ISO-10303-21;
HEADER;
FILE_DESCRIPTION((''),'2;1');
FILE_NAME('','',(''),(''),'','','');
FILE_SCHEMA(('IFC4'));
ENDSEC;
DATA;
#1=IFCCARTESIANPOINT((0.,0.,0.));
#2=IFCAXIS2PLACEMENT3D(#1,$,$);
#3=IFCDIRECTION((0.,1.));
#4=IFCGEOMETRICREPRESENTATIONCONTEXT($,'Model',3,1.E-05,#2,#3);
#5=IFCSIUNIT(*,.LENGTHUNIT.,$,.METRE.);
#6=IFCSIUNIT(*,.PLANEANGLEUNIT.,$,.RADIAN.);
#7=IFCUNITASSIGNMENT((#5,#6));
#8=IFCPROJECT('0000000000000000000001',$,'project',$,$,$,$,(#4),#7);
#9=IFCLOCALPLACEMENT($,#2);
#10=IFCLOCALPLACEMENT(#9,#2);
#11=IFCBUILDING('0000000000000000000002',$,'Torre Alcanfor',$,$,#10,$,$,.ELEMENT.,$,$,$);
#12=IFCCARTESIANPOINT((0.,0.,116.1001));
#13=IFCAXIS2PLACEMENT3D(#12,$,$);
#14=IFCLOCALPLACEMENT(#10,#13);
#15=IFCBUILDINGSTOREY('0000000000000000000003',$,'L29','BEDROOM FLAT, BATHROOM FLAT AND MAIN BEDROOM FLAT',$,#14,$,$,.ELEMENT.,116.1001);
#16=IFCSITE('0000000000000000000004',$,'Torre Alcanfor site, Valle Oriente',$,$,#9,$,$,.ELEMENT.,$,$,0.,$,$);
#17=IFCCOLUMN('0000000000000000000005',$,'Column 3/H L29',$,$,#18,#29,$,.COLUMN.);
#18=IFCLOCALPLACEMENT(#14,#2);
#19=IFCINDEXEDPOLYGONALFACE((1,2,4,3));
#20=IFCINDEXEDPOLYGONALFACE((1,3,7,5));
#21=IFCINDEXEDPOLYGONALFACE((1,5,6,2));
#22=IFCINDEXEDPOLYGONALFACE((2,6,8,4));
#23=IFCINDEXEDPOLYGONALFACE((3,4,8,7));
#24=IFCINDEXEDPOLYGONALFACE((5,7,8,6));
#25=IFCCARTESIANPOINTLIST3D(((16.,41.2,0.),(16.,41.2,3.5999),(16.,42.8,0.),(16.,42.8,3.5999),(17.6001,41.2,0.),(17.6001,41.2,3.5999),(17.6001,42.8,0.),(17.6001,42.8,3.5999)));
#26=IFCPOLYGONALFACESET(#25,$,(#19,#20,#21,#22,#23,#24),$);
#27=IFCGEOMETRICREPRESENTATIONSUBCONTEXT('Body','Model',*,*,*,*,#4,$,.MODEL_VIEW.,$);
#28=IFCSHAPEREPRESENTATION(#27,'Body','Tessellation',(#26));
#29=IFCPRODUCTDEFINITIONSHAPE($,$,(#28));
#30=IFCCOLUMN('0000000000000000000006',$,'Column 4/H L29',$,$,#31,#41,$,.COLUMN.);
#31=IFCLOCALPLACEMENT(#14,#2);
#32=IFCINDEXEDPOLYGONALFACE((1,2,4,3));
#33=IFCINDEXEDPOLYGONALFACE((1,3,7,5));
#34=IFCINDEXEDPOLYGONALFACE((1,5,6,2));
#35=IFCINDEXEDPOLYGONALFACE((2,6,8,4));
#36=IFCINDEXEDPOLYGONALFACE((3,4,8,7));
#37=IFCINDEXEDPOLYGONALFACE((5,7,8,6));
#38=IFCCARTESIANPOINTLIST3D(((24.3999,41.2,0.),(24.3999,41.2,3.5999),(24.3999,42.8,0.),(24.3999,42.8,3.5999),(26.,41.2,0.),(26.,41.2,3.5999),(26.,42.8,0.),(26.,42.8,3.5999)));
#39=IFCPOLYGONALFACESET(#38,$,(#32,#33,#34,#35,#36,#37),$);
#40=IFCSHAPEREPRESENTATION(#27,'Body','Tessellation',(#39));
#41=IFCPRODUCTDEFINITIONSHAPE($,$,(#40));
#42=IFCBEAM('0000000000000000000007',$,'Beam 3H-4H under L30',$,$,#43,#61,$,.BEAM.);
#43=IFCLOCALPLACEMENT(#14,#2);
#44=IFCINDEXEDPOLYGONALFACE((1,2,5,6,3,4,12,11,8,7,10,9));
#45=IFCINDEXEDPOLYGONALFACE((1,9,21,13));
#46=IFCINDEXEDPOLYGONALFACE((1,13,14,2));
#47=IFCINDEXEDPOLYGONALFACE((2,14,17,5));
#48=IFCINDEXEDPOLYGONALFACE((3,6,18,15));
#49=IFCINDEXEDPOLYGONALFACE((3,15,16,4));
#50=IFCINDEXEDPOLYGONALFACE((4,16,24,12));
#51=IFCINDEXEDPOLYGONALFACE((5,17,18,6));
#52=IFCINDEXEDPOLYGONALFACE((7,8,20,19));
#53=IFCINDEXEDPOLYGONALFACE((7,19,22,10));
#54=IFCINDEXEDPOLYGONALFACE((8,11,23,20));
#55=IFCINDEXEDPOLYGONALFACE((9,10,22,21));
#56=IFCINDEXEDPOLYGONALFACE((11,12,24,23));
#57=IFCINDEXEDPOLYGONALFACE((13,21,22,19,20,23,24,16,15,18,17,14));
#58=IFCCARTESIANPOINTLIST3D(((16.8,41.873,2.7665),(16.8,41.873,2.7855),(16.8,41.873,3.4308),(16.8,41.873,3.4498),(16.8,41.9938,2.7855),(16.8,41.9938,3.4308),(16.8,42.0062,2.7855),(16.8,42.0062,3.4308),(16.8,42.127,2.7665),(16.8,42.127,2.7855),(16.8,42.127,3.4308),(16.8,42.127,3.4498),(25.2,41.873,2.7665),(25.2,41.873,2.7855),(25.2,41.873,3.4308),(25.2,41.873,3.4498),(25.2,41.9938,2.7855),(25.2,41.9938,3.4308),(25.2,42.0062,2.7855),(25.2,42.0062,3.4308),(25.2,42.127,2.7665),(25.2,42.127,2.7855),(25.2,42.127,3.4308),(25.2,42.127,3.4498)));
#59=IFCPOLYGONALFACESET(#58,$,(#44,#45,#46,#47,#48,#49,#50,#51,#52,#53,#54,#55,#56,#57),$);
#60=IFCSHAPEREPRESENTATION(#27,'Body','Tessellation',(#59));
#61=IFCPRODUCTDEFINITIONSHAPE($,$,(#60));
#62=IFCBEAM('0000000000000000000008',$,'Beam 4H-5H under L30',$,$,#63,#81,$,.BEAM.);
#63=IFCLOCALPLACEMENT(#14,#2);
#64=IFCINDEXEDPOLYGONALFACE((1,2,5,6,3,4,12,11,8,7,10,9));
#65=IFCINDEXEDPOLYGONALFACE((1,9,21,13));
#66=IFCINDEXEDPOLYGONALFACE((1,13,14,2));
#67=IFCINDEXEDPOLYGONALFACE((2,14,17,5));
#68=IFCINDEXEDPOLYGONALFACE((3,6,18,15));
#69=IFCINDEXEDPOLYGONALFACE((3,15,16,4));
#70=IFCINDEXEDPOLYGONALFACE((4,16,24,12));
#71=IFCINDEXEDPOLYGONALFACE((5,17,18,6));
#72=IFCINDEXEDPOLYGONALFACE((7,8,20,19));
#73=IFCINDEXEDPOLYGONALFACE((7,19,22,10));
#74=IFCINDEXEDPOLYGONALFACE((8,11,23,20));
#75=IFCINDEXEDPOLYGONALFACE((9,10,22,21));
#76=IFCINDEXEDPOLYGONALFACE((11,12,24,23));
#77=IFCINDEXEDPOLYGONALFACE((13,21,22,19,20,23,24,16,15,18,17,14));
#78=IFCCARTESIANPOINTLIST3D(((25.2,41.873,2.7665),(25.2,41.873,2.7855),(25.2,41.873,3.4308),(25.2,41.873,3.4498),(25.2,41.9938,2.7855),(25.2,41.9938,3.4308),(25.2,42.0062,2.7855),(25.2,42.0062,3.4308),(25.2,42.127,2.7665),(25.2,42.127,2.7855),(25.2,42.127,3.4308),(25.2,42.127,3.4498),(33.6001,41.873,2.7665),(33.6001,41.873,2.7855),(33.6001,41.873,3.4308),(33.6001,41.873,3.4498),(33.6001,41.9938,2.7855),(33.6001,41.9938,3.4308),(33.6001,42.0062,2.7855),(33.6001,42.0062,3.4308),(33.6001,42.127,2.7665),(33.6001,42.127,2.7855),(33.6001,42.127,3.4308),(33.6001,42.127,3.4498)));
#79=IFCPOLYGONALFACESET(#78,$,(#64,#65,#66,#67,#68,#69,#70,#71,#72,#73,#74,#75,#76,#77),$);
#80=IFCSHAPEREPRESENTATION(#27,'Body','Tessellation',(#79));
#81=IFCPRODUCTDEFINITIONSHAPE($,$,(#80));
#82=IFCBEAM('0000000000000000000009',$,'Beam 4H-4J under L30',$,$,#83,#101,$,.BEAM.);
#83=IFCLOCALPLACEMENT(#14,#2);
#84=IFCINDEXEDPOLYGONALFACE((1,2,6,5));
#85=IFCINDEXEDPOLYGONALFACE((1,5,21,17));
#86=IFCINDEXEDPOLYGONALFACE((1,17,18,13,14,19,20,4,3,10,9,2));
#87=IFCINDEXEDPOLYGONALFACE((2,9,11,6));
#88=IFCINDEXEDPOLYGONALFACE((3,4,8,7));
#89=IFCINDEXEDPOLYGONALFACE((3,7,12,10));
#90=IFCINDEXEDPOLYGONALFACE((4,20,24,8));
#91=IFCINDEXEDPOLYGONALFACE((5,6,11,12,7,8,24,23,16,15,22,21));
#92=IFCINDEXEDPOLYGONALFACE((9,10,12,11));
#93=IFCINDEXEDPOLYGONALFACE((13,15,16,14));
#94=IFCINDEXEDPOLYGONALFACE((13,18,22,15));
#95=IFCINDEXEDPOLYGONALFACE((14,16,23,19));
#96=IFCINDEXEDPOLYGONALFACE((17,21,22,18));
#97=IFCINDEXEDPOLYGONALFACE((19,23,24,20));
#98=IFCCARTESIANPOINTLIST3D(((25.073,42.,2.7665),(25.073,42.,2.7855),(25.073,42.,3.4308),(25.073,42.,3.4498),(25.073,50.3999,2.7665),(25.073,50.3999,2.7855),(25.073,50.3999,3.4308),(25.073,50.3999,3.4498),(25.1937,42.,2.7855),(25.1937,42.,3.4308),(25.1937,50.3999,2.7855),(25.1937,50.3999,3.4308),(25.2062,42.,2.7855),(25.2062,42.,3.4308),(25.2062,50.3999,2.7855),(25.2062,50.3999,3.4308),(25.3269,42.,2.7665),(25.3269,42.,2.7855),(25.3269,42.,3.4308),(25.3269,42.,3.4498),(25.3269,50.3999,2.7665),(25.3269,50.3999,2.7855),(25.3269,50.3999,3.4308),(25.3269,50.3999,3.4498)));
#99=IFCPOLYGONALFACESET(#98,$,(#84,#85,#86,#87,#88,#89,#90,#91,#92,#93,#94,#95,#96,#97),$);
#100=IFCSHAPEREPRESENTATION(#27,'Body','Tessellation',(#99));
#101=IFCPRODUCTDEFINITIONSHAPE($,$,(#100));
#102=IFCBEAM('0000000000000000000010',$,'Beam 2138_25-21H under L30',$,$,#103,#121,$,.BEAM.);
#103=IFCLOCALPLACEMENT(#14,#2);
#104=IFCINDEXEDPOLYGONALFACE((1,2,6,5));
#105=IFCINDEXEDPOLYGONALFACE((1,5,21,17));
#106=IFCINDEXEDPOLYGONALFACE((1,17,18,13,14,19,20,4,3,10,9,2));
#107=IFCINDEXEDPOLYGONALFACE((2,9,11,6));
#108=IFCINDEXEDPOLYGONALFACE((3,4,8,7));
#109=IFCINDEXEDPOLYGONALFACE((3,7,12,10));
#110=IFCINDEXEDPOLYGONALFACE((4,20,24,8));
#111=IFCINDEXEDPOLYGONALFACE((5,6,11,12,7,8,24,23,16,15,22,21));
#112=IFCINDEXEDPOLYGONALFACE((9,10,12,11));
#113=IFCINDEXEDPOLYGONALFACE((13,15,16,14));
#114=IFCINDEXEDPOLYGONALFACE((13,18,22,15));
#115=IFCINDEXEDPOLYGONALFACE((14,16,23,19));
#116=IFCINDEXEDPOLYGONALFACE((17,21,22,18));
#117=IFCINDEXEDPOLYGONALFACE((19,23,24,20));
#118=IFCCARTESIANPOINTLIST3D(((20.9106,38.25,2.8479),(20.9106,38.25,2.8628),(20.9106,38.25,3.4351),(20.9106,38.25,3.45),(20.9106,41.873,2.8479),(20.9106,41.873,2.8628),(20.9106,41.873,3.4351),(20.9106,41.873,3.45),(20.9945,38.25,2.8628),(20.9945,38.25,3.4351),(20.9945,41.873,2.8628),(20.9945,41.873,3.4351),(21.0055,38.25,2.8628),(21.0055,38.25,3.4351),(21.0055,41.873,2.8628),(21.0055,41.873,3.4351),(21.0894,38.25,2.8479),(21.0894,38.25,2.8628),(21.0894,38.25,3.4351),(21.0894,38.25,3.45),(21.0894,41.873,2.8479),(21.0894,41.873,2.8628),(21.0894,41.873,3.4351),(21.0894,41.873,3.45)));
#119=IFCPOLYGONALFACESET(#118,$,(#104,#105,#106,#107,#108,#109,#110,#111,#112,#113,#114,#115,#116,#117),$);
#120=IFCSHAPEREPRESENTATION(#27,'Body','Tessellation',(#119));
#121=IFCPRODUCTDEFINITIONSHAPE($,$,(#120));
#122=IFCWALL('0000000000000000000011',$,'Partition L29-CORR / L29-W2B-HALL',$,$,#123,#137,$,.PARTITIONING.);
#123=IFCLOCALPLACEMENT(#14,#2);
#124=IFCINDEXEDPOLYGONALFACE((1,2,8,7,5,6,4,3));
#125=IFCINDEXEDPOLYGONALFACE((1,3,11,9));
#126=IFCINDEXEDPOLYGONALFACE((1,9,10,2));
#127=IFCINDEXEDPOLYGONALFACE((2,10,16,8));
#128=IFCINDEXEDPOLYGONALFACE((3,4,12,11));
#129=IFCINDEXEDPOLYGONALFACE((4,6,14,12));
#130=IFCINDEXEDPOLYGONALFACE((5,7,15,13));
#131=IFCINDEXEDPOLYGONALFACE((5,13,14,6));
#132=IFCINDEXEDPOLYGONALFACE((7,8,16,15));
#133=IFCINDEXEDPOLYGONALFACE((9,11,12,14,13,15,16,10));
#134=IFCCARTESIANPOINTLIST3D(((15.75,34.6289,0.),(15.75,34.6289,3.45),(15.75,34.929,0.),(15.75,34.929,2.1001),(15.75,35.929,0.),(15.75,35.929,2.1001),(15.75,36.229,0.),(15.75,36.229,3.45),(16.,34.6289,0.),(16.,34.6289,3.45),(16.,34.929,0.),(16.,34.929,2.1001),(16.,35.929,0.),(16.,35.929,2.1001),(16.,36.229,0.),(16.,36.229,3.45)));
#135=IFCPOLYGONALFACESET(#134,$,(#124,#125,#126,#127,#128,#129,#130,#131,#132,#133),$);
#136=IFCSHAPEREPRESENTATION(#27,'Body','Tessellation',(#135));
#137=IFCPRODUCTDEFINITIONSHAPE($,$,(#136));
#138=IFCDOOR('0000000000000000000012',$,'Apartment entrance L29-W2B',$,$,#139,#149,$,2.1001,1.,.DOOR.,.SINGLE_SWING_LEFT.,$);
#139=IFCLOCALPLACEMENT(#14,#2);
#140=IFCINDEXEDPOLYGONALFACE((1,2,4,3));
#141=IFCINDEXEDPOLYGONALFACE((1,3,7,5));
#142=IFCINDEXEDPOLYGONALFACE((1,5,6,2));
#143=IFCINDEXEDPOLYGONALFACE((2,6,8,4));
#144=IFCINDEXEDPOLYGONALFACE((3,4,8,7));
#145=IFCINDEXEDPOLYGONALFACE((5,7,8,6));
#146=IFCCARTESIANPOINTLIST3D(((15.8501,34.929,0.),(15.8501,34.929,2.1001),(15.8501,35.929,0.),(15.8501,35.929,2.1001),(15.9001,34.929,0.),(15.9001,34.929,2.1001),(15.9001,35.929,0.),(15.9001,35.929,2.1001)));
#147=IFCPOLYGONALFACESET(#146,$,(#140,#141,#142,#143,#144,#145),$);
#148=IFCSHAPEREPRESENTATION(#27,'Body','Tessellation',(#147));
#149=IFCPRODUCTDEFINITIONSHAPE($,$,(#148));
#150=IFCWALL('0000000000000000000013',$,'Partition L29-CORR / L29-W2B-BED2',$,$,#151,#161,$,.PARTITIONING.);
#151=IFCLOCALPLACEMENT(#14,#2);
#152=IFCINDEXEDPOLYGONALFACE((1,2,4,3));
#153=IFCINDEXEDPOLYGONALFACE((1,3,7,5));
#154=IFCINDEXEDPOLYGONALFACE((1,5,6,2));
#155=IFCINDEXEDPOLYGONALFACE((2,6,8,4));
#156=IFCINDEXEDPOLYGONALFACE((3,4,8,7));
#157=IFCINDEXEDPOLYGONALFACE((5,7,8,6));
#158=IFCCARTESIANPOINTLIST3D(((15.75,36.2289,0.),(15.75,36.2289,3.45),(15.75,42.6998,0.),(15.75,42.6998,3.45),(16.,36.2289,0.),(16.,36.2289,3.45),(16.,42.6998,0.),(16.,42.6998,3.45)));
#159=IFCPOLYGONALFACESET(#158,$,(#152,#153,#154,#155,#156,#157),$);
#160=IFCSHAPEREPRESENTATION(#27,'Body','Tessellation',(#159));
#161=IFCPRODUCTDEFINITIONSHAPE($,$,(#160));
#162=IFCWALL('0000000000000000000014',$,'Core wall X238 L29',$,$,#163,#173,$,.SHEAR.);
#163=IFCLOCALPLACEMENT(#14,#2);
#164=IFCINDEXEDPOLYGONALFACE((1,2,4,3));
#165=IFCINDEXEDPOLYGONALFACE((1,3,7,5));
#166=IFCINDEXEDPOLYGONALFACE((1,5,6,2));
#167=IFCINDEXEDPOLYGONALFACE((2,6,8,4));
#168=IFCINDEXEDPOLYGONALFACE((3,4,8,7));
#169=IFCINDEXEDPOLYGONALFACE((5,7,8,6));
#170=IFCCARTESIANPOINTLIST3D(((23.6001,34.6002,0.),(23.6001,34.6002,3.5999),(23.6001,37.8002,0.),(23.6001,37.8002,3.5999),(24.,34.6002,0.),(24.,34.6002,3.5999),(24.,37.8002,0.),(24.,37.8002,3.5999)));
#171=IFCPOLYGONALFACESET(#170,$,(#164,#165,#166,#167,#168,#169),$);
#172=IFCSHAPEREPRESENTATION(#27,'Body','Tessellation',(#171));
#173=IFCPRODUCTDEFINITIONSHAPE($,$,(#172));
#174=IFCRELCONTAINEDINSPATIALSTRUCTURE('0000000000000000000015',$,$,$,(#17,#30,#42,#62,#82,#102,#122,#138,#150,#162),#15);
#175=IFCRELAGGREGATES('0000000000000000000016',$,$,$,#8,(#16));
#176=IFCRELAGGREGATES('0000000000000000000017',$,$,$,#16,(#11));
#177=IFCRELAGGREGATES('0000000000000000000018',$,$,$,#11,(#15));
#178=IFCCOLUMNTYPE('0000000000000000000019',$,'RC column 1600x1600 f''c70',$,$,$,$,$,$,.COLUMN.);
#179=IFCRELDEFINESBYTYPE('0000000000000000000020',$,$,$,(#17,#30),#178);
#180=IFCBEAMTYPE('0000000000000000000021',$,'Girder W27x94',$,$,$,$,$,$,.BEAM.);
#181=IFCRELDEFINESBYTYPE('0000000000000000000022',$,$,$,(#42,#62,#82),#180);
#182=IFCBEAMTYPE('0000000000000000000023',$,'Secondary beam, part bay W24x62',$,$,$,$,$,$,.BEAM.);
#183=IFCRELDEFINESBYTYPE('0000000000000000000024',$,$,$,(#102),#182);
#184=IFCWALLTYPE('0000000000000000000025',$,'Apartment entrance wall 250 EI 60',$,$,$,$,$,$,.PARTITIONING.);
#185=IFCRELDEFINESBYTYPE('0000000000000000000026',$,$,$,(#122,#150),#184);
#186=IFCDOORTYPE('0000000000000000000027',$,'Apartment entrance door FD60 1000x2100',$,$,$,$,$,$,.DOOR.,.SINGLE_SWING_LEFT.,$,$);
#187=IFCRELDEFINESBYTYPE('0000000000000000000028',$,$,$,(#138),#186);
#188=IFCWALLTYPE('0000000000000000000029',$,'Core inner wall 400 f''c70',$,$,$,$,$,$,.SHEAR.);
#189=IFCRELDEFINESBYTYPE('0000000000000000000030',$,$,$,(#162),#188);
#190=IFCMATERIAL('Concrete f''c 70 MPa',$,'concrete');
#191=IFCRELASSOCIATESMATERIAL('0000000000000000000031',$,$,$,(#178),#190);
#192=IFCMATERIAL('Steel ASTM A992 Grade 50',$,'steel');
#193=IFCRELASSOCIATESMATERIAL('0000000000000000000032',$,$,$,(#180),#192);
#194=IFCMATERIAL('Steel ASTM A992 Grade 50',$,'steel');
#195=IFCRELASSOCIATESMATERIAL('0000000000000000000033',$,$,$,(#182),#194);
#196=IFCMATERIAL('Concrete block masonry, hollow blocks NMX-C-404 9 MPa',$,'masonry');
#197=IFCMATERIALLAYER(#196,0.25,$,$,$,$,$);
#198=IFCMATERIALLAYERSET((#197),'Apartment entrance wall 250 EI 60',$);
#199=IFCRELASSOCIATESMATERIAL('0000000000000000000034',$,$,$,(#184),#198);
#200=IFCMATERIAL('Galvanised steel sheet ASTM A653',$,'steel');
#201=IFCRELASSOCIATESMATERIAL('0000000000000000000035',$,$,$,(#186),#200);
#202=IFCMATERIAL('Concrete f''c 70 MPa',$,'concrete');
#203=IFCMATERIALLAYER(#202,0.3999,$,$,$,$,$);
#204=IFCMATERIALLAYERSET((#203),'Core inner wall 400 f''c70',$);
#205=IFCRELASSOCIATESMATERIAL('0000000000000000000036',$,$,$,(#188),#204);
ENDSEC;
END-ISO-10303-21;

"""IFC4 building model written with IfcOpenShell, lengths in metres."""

from ifc_helpers import new_model, si_unit, direction, frame, frame_2d, origin, origin_2d, place, context, subcontext, project, spatial, rectangle, i_section, extrude, material, layer, layer_set, material_profile, profile_set, type_object, element, fill, save


model = new_model("IFC4")

# Units and contexts
model_context = context("Model", 3, precision=1e-05, world=origin(), true_north=direction((0.0, 1.0)))
body_context = subcontext(model_context, "Body", "Model", "MODEL_VIEW")
ifc_project = project(units=[si_unit("LENGTHUNIT", "METRE"), si_unit("PLANEANGLEUNIT", "RADIAN")], contexts=[model_context])

# Site, building, storey
site_placement = place(None, origin())
site = spatial("IfcSite", under=ifc_project, at=site_placement, Name="Torre Alcanfor site, Valle Oriente", CompositionType="ELEMENT", RefElevation=0.0)
building_placement = place(site_placement, origin())
building = spatial("IfcBuilding", under=site, at=building_placement, Name="Torre Alcanfor", CompositionType="ELEMENT")
storey_placement = place(building_placement, frame((0.0, 0.0, 116.1001)))
storey = spatial("IfcBuildingStorey", under=building, at=storey_placement, Name="L29", Description="BEDROOM FLAT, BATHROOM FLAT AND MAIN BEDROOM FLAT", CompositionType="ELEMENT", Elevation=116.1001)

# Columns
ifc_material_1 = material(Name="Concrete f'c 70 MPa", Category="concrete")
ifc_material_profile_1 = material_profile(ifc_material_1, rectangle(XDim=1.6001, YDim=1.6001, at=origin_2d()), Name="1600x1600")
ifc_profile_set_1 = profile_set([ifc_material_profile_1], Name="Concrete f'c 70 MPa")
column_type = type_object("IfcColumnType", Name="RC column 1600x1600 f'c70", PredefinedType="COLUMN", material=ifc_profile_set_1)
for number, where, z_axis, x_axis, name in (
    (1, (16.8, 42.0, 0.0), (0.0, 0.0, 1.0), (1.0, 0.0, 0.0), "Column 3/H L29"),
    (2, (25.2, 42.0, 0.0), (0.0, 0.0, 1.0), (1.0, 0.0, 0.0), "Column 4/H L29"),
):
    element("IfcColumn", number, at=place(storey_placement, frame(where, z_axis=z_axis, x_axis=x_axis)), inside=storey, type_object=column_type, Name=name, PredefinedType="COLUMN", context=body_context, shape_type="SweptSolid", body=[
        extrude(rectangle(XDim=1.6001, YDim=1.6001, at=origin_2d()), origin(), (0.0, 0.0, 1.0), 3.5999),
    ])

# Beams
ifc_material_2 = material(Name="Steel ASTM A992 Grade 50", Category="steel")
ifc_material_profile_2 = material_profile(ifc_material_2, i_section(OverallWidth=0.2539, OverallDepth=0.6833, WebThickness=0.0125, FlangeThickness=0.019, at=origin_2d()), Name="W27x94")
ifc_profile_set_2 = profile_set([ifc_material_profile_2], Name="Steel ASTM A992 Grade 50")
beam_type_1 = type_object("IfcBeamType", Name="Girder W27x94", PredefinedType="BEAM", material=ifc_profile_set_2)
beam_1_placement = place(storey_placement, frame((16.8, 42.0, 3.1082), z_axis=(1.0, 0.0, 0.0), x_axis=(0.0, 1.0, 0.0)))
element("IfcBeam", 3, at=beam_1_placement, inside=storey, type_object=beam_type_1, Name="Beam 3H-4H under L30", PredefinedType="BEAM", context=body_context, shape_type="SweptSolid", body=[
    extrude(i_section(OverallWidth=0.2539, OverallDepth=0.6833, WebThickness=0.0125, FlangeThickness=0.019, at=origin_2d()), origin(), (0.0, 0.0, 1.0), 8.3999),
])
beam_2_placement = place(storey_placement, frame((25.2, 42.0, 3.1082), z_axis=(1.0, 0.0, 0.0), x_axis=(0.0, 1.0, 0.0)))
element("IfcBeam", 4, at=beam_2_placement, inside=storey, type_object=beam_type_1, Name="Beam 4H-5H under L30", PredefinedType="BEAM", context=body_context, shape_type="SweptSolid", body=[
    extrude(i_section(OverallWidth=0.2539, OverallDepth=0.6833, WebThickness=0.0125, FlangeThickness=0.019, at=origin_2d()), origin(), (0.0, 0.0, 1.0), 8.4001),
])
beam_3_placement = place(storey_placement, frame((25.2, 42.0, 3.1082), z_axis=(0.0, 1.0, 0.0), x_axis=(-1.0, 0.0, 0.0)))
element("IfcBeam", 5, at=beam_3_placement, inside=storey, type_object=beam_type_1, Name="Beam 4H-4J under L30", PredefinedType="BEAM", context=body_context, shape_type="SweptSolid", body=[
    extrude(i_section(OverallWidth=0.2539, OverallDepth=0.6833, WebThickness=0.0125, FlangeThickness=0.019, at=origin_2d()), origin(), (0.0, 0.0, 1.0), 8.3999),
])
ifc_material_3 = material(Name="Steel ASTM A992 Grade 50", Category="steel")
ifc_material_profile_3 = material_profile(ifc_material_3, i_section(OverallWidth=0.1787, OverallDepth=0.6021, WebThickness=0.011, FlangeThickness=0.0149, at=origin_2d()), Name="W24x62")
ifc_profile_set_3 = profile_set([ifc_material_profile_3], Name="Steel ASTM A992 Grade 50")
beam_type_2 = type_object("IfcBeamType", Name="Secondary beam, part bay W24x62", PredefinedType="BEAM", material=ifc_profile_set_3)
beam_4_placement = place(storey_placement, frame((21.0, 38.25, 3.1489), z_axis=(0.0, 1.0, 0.0), x_axis=(-1.0, 0.0, 0.0)))
element("IfcBeam", 6, at=beam_4_placement, inside=storey, type_object=beam_type_2, Name="Beam 2138_25-21H under L30", PredefinedType="BEAM", context=body_context, shape_type="SweptSolid", body=[
    extrude(i_section(OverallWidth=0.1787, OverallDepth=0.6021, WebThickness=0.011, FlangeThickness=0.0149, at=origin_2d()), origin(), (0.0, 0.0, 1.0), 3.623),
])

# Wall, opening, door
ifc_material_4 = material(Name="Concrete block masonry, hollow blocks NMX-C-404 9 MPa", Category="masonry")
ifc_layer_1 = layer(ifc_material_4, 0.25)
ifc_layer_set_1 = layer_set([ifc_layer_1], Name="Apartment entrance wall 250 EI 60")
wall_type_1 = type_object("IfcWallType", Name="Apartment entrance wall 250 EI 60", PredefinedType="PARTITIONING", material=ifc_layer_set_1)
wall_1_placement = place(storey_placement, frame((15.875, 34.6289, 0.0), z_axis=(0.0, 0.0, 1.0), x_axis=(0.0, 1.0, 0.0)))
wall_1 = element("IfcWall", 7, at=wall_1_placement, inside=storey, type_object=wall_type_1, Name="Partition L29-CORR / L29-W2B-HALL", PredefinedType="PARTITIONING", context=body_context, shape_type="SweptSolid", body=[
    extrude(rectangle(XDim=1.6001, YDim=0.25, at=frame_2d((0.8, 0.0))), origin(), (0.0, 0.0, 1.0), 3.45),
])
opening_1_placement = place(wall_1_placement, frame((0.3, 0.0, 0.0)))
opening_1 = element("IfcOpeningElement", 8, at=opening_1_placement, cuts=wall_1, PredefinedType="OPENING", context=body_context, shape_type="SweptSolid", body=[
    extrude(rectangle(XDim=1.0, YDim=2.1001, at=frame_2d((0.5, 1.05))), frame((0.0, 0.135, 0.0), z_axis=(0.0, -1.0, 0.0), x_axis=(1.0, 0.0, 0.0)), (0.0, 0.0, 1.0), 0.27),
])
ifc_material_5 = material(Name="Galvanised steel sheet ASTM A653", Category="steel")
door_type_1 = type_object("IfcDoorType", Name="Apartment entrance door FD60 1000x2100", OperationType="SINGLE_SWING_LEFT", PredefinedType="DOOR", material=ifc_material_5)
door_1_placement = place(opening_1_placement, origin())
door_1 = element("IfcDoor", 9, at=door_1_placement, inside=storey, type_object=door_type_1, Name="Apartment entrance L29-W2B", OperationType="SINGLE_SWING_LEFT", OverallHeight=2.1001, OverallWidth=1.0, PredefinedType="DOOR", context=body_context, shape_type="SweptSolid", body=[
    extrude(rectangle(XDim=1.0, YDim=2.1001, at=frame_2d((0.5, 1.05))), frame((0.0, 0.0249, 0.0), z_axis=(0.0, -1.0, 0.0), x_axis=(1.0, 0.0, 0.0)), (0.0, 0.0, 1.0), 0.05),
])
fill(opening_1, door_1)

# Walls
wall_2_placement = place(storey_placement, frame((15.875, 36.229, 0.0), z_axis=(0.0, 0.0, 1.0), x_axis=(0.0, 1.0, 0.0)))
element("IfcWall", 10, at=wall_2_placement, inside=storey, type_object=wall_type_1, Name="Partition L29-CORR / L29-W2B-BED2", PredefinedType="PARTITIONING", context=body_context, shape_type="SweptSolid", body=[
    extrude(rectangle(XDim=6.4709, YDim=0.25, at=frame_2d((3.2354, 0.0))), origin(), (0.0, 0.0, 1.0), 3.45),
])
ifc_material_6 = material(Name="Concrete f'c 70 MPa", Category="concrete")
ifc_layer_2 = layer(ifc_material_6, 0.3999)
ifc_layer_set_2 = layer_set([ifc_layer_2], Name="Core inner wall 400 f'c70")
wall_type_2 = type_object("IfcWallType", Name="Core inner wall 400 f'c70", PredefinedType="SHEAR", material=ifc_layer_set_2)
wall_3_placement = place(storey_placement, frame((23.8, 34.6001, 0.0), z_axis=(0.0, 0.0, 1.0), x_axis=(0.0, 1.0, 0.0)))
element("IfcWall", 11, at=wall_3_placement, inside=storey, type_object=wall_type_2, Name="Core wall X238 L29", PredefinedType="SHEAR", context=body_context, shape_type="SweptSolid", body=[
    extrude(rectangle(XDim=3.2, YDim=0.3999, at=frame_2d((1.6001, 0.0))), origin(), (0.0, 0.0, 1.0), 3.5999),
])

save(model, "model.ifc")
